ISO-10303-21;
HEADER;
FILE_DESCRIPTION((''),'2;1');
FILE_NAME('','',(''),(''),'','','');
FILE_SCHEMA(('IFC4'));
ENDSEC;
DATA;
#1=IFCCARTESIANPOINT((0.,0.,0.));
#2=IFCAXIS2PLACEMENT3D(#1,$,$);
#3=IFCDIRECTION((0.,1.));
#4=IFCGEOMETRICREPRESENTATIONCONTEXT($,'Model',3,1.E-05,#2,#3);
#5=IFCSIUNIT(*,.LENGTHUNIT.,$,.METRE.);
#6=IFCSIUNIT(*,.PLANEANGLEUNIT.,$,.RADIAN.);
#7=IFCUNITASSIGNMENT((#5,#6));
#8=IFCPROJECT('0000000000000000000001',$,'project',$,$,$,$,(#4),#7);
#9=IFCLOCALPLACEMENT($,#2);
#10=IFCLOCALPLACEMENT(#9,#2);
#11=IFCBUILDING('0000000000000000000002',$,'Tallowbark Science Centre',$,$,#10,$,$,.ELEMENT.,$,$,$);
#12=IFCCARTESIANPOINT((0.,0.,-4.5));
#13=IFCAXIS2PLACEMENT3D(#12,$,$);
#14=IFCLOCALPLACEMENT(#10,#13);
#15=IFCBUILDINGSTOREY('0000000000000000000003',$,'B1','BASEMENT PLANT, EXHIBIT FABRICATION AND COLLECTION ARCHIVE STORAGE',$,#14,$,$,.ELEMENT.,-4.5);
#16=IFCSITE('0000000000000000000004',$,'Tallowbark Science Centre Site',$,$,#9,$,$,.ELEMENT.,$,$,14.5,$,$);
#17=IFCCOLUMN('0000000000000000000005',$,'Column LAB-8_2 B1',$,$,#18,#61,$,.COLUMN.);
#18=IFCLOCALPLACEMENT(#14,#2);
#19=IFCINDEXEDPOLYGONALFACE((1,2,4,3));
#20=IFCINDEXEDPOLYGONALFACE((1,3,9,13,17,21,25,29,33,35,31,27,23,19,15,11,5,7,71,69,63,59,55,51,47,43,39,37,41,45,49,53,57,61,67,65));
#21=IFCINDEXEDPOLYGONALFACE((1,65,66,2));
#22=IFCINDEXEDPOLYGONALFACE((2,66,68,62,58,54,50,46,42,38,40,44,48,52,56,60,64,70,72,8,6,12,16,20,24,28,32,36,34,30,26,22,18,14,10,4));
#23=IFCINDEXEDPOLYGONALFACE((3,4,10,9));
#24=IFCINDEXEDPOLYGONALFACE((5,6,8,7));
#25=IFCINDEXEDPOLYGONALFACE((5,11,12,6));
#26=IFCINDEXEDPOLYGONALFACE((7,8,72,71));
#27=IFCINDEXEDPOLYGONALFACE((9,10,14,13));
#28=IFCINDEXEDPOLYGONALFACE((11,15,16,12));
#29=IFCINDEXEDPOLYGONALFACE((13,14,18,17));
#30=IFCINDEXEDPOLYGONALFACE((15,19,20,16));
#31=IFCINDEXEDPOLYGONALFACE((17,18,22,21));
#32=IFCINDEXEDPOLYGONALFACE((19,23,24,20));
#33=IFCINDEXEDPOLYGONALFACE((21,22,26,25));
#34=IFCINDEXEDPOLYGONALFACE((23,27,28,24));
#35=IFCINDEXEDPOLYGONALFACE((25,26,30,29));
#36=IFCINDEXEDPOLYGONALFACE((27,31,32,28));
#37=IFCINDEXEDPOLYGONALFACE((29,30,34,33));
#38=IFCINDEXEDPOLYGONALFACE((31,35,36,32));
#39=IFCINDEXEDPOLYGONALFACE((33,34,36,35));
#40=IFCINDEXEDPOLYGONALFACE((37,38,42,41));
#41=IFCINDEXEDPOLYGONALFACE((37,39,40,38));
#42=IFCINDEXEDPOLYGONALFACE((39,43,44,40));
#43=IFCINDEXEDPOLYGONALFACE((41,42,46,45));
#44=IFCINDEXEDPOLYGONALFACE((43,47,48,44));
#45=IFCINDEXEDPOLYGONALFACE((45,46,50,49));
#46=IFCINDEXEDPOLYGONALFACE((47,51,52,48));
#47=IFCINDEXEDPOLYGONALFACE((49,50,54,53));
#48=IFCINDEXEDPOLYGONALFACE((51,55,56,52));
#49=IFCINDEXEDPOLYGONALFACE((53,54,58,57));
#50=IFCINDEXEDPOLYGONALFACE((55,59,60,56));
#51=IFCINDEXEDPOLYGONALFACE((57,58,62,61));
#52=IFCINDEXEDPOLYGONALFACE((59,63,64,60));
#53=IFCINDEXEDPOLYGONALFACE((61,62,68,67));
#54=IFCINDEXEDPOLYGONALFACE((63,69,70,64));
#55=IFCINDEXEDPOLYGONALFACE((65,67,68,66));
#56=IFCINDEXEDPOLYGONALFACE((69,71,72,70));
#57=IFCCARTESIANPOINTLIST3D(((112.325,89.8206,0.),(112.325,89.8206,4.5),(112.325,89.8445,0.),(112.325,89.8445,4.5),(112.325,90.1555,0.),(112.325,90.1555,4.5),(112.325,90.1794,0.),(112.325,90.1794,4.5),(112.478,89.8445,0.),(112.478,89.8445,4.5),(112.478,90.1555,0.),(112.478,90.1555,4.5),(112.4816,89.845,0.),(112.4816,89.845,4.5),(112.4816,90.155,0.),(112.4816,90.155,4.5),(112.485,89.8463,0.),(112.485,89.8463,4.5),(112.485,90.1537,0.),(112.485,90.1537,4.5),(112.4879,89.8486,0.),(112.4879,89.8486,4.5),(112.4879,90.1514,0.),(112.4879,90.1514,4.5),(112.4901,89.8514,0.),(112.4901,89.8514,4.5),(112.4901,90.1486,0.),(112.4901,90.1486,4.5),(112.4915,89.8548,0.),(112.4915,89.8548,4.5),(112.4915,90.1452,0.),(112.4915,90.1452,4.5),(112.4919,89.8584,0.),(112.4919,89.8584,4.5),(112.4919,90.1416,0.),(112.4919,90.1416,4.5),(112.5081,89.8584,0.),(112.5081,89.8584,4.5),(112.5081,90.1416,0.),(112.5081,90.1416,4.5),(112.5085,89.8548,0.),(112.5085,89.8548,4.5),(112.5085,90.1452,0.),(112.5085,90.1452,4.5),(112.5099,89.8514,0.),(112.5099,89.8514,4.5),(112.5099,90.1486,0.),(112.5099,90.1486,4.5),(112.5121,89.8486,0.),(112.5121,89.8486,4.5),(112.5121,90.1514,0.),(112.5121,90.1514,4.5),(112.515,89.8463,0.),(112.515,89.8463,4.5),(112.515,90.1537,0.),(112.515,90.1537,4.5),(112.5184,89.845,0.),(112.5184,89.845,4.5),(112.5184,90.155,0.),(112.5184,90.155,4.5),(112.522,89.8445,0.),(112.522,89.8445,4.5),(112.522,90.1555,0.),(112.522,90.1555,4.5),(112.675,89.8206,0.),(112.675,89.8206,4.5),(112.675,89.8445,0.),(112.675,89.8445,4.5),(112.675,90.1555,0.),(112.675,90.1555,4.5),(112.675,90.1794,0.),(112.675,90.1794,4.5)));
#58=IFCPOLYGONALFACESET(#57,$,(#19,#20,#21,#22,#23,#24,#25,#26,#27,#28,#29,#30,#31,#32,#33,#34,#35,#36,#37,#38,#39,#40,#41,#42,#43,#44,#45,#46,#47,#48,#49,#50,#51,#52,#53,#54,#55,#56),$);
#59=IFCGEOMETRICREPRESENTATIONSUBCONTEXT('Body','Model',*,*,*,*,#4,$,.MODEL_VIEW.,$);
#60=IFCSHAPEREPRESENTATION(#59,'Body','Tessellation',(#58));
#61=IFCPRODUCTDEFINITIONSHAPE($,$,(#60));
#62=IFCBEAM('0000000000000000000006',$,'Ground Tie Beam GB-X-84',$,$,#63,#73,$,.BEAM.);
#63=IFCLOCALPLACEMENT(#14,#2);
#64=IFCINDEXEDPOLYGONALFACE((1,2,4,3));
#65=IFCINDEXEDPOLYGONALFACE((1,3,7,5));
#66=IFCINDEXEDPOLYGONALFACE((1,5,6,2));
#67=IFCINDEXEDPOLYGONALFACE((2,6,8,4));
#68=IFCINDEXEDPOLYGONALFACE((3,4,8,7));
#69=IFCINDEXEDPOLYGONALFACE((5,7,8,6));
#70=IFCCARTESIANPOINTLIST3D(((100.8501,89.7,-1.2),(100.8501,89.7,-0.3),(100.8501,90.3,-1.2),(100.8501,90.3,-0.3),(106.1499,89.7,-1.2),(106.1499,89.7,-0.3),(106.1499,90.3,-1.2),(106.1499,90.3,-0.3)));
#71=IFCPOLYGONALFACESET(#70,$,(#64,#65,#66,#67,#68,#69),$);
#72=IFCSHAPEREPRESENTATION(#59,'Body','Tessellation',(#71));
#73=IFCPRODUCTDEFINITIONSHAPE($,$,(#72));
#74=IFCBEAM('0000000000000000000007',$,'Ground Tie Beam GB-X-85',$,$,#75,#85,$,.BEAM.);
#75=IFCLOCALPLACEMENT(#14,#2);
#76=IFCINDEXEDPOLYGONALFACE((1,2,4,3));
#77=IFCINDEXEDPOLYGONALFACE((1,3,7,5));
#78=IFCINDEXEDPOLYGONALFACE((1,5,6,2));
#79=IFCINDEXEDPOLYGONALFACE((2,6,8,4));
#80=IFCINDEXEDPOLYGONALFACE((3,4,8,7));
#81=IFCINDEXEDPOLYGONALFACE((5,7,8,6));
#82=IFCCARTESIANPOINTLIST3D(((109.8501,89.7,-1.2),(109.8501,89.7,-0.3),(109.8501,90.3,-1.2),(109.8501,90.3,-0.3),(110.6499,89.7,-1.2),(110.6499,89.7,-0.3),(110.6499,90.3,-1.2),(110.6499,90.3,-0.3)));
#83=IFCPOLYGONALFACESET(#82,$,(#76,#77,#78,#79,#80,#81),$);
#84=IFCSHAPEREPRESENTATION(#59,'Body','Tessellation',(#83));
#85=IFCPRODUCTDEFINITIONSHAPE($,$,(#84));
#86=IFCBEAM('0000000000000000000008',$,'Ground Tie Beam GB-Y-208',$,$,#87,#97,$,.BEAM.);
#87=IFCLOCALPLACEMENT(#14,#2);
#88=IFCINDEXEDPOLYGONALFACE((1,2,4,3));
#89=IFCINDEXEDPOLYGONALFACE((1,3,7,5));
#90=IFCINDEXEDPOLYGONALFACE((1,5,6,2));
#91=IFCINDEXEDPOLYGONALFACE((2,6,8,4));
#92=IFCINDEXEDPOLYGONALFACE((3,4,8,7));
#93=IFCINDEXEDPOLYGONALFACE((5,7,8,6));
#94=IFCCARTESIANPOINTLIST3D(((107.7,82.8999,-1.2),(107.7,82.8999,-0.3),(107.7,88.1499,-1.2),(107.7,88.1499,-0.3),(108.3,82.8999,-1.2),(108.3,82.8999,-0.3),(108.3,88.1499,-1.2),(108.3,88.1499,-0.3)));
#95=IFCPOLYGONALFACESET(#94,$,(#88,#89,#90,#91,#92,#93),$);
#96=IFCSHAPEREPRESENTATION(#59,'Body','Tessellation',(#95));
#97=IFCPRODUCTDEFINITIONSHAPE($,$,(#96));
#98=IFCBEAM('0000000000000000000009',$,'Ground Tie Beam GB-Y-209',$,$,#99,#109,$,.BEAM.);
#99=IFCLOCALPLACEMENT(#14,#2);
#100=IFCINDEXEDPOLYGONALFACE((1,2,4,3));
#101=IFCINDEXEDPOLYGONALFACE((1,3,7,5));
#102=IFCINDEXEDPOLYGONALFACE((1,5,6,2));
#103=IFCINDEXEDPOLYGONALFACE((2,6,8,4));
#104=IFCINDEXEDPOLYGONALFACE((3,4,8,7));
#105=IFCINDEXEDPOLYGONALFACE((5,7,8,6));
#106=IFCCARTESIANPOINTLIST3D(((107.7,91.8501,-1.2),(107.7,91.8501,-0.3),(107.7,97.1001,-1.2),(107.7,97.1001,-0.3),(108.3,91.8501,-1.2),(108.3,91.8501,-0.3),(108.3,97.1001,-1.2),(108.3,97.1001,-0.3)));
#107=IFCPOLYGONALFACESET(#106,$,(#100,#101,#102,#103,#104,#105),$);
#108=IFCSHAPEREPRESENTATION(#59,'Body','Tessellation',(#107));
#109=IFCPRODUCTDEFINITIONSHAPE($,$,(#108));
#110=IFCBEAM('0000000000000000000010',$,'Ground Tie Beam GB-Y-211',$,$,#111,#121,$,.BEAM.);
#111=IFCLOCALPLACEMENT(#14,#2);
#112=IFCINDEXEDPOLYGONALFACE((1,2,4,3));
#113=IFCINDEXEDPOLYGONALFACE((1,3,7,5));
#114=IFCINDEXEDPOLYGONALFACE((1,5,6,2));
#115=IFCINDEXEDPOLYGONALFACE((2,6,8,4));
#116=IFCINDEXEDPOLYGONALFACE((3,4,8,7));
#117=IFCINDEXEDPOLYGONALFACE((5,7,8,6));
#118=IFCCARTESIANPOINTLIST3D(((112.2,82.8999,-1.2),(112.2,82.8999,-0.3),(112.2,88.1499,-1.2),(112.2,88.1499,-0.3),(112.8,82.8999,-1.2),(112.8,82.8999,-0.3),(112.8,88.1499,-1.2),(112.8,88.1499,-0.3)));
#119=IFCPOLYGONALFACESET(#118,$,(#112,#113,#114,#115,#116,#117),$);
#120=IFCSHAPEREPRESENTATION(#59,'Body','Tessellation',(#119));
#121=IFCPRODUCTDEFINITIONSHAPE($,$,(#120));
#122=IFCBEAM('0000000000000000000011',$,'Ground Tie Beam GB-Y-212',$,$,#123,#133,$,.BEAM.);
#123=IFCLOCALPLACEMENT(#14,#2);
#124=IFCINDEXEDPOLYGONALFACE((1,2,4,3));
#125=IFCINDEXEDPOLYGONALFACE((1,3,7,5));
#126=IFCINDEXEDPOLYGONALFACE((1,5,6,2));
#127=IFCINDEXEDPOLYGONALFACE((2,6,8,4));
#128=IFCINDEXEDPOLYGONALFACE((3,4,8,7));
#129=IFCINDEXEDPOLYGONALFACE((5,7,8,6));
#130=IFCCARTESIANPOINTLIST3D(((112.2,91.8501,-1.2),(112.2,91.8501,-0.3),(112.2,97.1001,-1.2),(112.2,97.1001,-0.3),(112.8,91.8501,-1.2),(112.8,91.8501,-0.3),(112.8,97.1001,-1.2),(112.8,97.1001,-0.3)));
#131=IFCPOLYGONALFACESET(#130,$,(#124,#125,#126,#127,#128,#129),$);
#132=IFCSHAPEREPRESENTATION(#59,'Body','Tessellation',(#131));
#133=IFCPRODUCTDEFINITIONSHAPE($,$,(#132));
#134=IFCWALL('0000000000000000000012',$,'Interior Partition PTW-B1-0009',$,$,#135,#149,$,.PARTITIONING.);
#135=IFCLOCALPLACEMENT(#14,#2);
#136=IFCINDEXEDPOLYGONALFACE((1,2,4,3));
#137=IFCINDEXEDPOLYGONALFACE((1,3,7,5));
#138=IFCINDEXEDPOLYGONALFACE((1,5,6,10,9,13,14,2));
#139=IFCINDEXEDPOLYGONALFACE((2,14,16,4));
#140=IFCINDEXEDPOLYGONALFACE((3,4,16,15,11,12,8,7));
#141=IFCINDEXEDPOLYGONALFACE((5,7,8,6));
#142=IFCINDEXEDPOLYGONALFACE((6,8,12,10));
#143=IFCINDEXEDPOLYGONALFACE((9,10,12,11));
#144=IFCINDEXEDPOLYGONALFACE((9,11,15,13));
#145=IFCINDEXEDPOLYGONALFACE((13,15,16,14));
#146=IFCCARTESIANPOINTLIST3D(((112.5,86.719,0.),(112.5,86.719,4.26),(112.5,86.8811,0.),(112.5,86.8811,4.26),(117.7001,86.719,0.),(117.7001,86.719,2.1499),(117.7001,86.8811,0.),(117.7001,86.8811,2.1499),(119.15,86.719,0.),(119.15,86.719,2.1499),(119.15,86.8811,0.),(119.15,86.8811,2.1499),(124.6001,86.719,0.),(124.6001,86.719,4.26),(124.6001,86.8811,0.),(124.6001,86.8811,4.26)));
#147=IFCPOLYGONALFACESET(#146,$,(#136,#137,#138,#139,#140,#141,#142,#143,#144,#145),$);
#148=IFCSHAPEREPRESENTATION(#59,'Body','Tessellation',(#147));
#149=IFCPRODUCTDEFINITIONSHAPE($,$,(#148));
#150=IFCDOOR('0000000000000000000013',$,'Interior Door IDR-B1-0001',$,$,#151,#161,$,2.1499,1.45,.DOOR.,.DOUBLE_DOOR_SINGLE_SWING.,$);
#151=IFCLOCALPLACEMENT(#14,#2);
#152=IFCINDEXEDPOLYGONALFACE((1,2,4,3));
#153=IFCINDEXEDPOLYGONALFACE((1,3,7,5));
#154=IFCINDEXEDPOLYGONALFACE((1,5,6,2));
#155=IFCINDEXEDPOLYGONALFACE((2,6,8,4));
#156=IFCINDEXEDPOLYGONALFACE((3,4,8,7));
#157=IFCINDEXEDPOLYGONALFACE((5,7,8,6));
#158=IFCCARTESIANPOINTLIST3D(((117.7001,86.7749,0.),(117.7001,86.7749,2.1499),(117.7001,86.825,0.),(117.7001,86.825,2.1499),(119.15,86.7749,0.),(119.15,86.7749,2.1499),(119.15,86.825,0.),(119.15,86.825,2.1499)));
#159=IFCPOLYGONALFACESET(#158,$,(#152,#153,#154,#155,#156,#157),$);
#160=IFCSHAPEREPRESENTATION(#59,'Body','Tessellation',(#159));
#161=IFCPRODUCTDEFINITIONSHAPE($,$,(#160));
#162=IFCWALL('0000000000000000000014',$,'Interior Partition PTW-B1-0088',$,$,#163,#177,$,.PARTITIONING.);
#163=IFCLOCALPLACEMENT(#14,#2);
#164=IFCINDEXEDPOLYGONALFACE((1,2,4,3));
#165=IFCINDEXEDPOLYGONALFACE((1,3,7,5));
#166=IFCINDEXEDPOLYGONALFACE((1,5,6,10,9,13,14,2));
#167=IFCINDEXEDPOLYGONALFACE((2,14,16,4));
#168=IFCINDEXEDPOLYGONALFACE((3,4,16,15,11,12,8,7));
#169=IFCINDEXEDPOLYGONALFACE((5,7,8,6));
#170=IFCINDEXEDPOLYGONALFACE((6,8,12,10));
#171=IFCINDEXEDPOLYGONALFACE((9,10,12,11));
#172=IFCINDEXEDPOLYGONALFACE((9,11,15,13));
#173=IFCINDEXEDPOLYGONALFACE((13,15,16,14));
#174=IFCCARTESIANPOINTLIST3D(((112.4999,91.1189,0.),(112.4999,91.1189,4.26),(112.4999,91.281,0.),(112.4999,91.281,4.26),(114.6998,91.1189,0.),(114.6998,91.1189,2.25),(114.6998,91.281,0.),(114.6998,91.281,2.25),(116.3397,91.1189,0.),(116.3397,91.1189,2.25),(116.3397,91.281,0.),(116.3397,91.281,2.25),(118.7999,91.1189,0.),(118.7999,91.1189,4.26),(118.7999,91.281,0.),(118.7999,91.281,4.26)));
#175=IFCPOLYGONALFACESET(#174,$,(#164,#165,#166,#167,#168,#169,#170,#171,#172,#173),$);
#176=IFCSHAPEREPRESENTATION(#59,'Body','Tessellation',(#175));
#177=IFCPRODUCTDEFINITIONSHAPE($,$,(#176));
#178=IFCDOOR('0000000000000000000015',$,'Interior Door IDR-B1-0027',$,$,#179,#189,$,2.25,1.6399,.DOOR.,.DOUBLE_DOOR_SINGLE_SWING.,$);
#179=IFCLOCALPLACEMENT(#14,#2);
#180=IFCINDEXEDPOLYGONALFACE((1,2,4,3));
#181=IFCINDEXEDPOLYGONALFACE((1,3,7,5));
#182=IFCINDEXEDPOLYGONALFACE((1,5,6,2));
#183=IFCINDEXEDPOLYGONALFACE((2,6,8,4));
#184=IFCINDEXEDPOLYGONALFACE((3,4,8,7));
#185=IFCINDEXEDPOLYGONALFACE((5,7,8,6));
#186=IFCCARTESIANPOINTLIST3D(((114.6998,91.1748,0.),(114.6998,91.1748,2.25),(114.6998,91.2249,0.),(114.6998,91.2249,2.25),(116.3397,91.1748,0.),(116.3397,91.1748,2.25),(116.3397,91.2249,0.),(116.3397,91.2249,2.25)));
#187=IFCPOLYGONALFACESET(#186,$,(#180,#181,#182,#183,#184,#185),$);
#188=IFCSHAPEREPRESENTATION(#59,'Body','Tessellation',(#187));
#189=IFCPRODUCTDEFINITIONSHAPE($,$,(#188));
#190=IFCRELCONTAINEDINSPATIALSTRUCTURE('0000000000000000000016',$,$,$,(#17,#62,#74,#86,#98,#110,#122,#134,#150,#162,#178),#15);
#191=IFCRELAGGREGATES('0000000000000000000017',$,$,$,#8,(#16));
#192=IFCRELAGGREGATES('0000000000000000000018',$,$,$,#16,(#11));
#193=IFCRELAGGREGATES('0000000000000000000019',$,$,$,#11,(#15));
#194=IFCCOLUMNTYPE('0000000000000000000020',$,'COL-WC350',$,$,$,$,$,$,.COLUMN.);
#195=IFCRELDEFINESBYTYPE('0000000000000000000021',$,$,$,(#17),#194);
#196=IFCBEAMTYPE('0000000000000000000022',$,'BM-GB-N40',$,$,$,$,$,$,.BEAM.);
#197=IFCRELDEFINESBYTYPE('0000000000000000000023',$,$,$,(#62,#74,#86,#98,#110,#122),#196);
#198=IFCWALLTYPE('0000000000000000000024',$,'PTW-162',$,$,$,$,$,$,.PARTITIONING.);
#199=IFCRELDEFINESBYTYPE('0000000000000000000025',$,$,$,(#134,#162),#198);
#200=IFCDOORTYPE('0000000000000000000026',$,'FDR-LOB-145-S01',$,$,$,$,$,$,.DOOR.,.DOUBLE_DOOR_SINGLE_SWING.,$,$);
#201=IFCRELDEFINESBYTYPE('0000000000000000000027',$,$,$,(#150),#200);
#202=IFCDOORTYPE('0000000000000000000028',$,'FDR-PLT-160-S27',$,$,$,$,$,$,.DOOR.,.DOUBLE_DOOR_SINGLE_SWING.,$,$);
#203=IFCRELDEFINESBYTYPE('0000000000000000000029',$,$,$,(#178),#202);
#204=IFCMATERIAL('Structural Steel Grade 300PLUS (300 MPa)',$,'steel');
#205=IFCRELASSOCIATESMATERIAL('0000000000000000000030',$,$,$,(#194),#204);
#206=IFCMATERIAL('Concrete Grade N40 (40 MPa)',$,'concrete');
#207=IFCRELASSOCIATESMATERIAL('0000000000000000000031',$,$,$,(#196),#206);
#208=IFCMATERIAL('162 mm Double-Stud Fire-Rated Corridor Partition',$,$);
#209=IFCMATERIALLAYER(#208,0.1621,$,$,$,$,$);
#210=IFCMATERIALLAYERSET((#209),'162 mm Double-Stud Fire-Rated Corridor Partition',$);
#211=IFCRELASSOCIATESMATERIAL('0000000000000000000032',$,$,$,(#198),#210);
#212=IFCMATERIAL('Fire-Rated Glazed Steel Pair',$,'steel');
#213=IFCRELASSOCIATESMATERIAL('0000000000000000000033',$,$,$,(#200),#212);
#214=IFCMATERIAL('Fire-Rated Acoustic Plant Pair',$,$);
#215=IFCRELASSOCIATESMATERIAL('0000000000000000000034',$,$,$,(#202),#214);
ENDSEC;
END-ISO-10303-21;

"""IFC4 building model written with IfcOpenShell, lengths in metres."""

from ifc_helpers import new_model, si_unit, direction, frame, frame_2d, origin, origin_2d, place, context, subcontext, project, spatial, rectangle, i_section, extrude, material, layer, layer_set, material_profile, profile_set, type_object, element, fill, save


model = new_model("IFC4")

# Units and contexts
model_context = context("Model", 3, precision=1e-05, world=origin(), true_north=direction((0.0, 1.0)))
body_context = subcontext(model_context, "Body", "Model", "MODEL_VIEW")
ifc_project = project(units=[si_unit("LENGTHUNIT", "METRE"), si_unit("PLANEANGLEUNIT", "RADIAN")], contexts=[model_context])

# Site, building, storey
site_placement = place(None, origin())
site = spatial("IfcSite", under=ifc_project, at=site_placement, Name="Tallowbark Science Centre Site", CompositionType="ELEMENT", RefElevation=14.5)
building_placement = place(site_placement, origin())
building = spatial("IfcBuilding", under=site, at=building_placement, Name="Tallowbark Science Centre", CompositionType="ELEMENT")
storey_placement = place(building_placement, frame((0.0, 0.0, -4.5)))
storey = spatial("IfcBuildingStorey", under=building, at=storey_placement, Name="B1", Description="BASEMENT PLANT, EXHIBIT FABRICATION AND COLLECTION ARCHIVE STORAGE", CompositionType="ELEMENT", Elevation=-4.5)

# Shared definitions
ifc_material_1 = material(Name="Concrete Grade N40 (40 MPa)", Category="concrete")

# Column
ifc_material_2 = material(Name="Structural Steel Grade 300PLUS (300 MPa)", Category="steel")
ifc_material_profile_1 = material_profile(ifc_material_2, i_section(OverallWidth=0.3501, OverallDepth=0.3589, WebThickness=0.0161, FlangeThickness=0.0239, FilletRadius=0.0139, at=origin_2d()), Name="350WC197")
ifc_profile_set_1 = profile_set([ifc_material_profile_1], Name="Structural Steel Grade 300PLUS (300 MPa)")
column_type = type_object("IfcColumnType", Name="COL-WC350", PredefinedType="COLUMN", material=ifc_profile_set_1)
for number, where, z_axis, x_axis, name in (
    (1, (112.5, 90.0, 0.0), (0.0, 0.0, 1.0), (1.0, 0.0, 0.0), "Column LAB-8_2 B1"),
):
    element("IfcColumn", number, at=place(storey_placement, frame(where, z_axis=z_axis, x_axis=x_axis)), inside=storey, type_object=column_type, Name=name, PredefinedType="COLUMN", context=body_context, shape_type="SweptSolid", body=[
        extrude(i_section(OverallWidth=0.3501, OverallDepth=0.3589, WebThickness=0.0161, FlangeThickness=0.0239, FilletRadius=0.0139, at=origin_2d()), origin(), (0.0, 0.0, 1.0), 4.5),
    ])

# Beams
ifc_material_profile_2 = material_profile(ifc_material_1, rectangle(XDim=0.6001, YDim=0.8999, at=origin_2d()), Name="RC600x900")
ifc_profile_set_2 = profile_set([ifc_material_profile_2], Name="Concrete Grade N40 (40 MPa)")
beam_type = type_object("IfcBeamType", Name="BM-GB-N40", PredefinedType="BEAM", material=ifc_profile_set_2)
beam_1_placement = place(storey_placement, frame((100.8501, 90.0, -0.75), z_axis=(1.0, 0.0, 0.0), x_axis=(0.0, 1.0, 0.0)))
element("IfcBeam", 2, at=beam_1_placement, inside=storey, type_object=beam_type, Name="Ground Tie Beam GB-X-84", PredefinedType="BEAM", context=body_context, shape_type="SweptSolid", body=[
    extrude(rectangle(XDim=0.6001, YDim=0.8999, at=origin_2d()), origin(), (0.0, 0.0, 1.0), 5.2998),
])
beam_2_placement = place(storey_placement, frame((109.8501, 90.0, -0.75), z_axis=(1.0, 0.0, 0.0), x_axis=(0.0, 1.0, 0.0)))
element("IfcBeam", 3, at=beam_2_placement, inside=storey, type_object=beam_type, Name="Ground Tie Beam GB-X-85", PredefinedType="BEAM", context=body_context, shape_type="SweptSolid", body=[
    extrude(rectangle(XDim=0.6001, YDim=0.8999, at=origin_2d()), origin(), (0.0, 0.0, 1.0), 0.7998),
])
for number, where, z_axis, x_axis, name in (
    (4, (108.0, 82.8999, -0.75), (0.0, 1.0, 0.0), (-1.0, 0.0, 0.0), "Ground Tie Beam GB-Y-208"),
    (5, (108.0, 91.8501, -0.75), (0.0, 1.0, 0.0), (-1.0, 0.0, 0.0), "Ground Tie Beam GB-Y-209"),
    (6, (112.5, 82.8999, -0.75), (0.0, 1.0, 0.0), (-1.0, 0.0, 0.0), "Ground Tie Beam GB-Y-211"),
    (7, (112.5, 91.8501, -0.75), (0.0, 1.0, 0.0), (-1.0, 0.0, 0.0), "Ground Tie Beam GB-Y-212"),
):
    element("IfcBeam", number, at=place(storey_placement, frame(where, z_axis=z_axis, x_axis=x_axis)), inside=storey, type_object=beam_type, Name=name, PredefinedType="BEAM", context=body_context, shape_type="SweptSolid", body=[
        extrude(rectangle(XDim=0.6001, YDim=0.8999, at=origin_2d()), origin(), (0.0, 0.0, 1.0), 5.25),
    ])

# Walls, openings, doors
ifc_material_3 = material(Name="162 mm Double-Stud Fire-Rated Corridor Partition")
ifc_layer = layer(ifc_material_3, 0.1621)
ifc_layer_set = layer_set([ifc_layer], Name="162 mm Double-Stud Fire-Rated Corridor Partition")
wall_type = type_object("IfcWallType", Name="PTW-162", PredefinedType="PARTITIONING", material=ifc_layer_set)
wall_1_placement = place(storey_placement, frame((112.5, 86.8, 0.0), z_axis=(0.0, 0.0, 1.0), x_axis=(1.0, 0.0, 0.0)))
wall_1 = element("IfcWall", 8, at=wall_1_placement, inside=storey, type_object=wall_type, Name="Interior Partition PTW-B1-0009", PredefinedType="PARTITIONING", context=body_context, shape_type="SweptSolid", body=[
    extrude(rectangle(XDim=12.1001, YDim=0.1621, at=frame_2d((6.05, 0.0))), origin(), (0.0, 0.0, 1.0), 4.26),
])
opening_1_placement = place(wall_1_placement, frame((5.2, 0.0, 0.0)))
opening_1 = element("IfcOpeningElement", 9, at=opening_1_placement, cuts=wall_1, PredefinedType="OPENING", context=body_context, shape_type="SweptSolid", body=[
    extrude(rectangle(XDim=1.45, YDim=2.1499, at=frame_2d((0.7251, 1.075))), frame((0.0, 0.0911, 0.0), z_axis=(0.0, -1.0, 0.0), x_axis=(1.0, 0.0, 0.0)), (0.0, 0.0, 1.0), 0.1821),
])
ifc_material_4 = material(Name="Fire-Rated Glazed Steel Pair", Category="steel")
door_type_1 = type_object("IfcDoorType", Name="FDR-LOB-145-S01", OperationType="DOUBLE_DOOR_SINGLE_SWING", PredefinedType="DOOR", material=ifc_material_4)
door_1_placement = place(opening_1_placement, origin())
door_1 = element("IfcDoor", 10, at=door_1_placement, inside=storey, type_object=door_type_1, Name="Interior Door IDR-B1-0001", OperationType="DOUBLE_DOOR_SINGLE_SWING", OverallHeight=2.1499, OverallWidth=1.45, PredefinedType="DOOR", context=body_context, shape_type="SweptSolid", body=[
    extrude(rectangle(XDim=1.45, YDim=2.1499, at=frame_2d((0.7251, 1.075))), frame((0.0, 0.0249, 0.0), z_axis=(0.0, -1.0, 0.0), x_axis=(1.0, 0.0, 0.0)), (0.0, 0.0, 1.0), 0.05),
])
fill(opening_1, door_1)
wall_2_placement = place(storey_placement, frame((112.5, 91.2, 0.0), z_axis=(0.0, 0.0, 1.0), x_axis=(1.0, 0.0, 0.0)))
wall_2 = element("IfcWall", 11, at=wall_2_placement, inside=storey, type_object=wall_type, Name="Interior Partition PTW-B1-0088", PredefinedType="PARTITIONING", context=body_context, shape_type="SweptSolid", body=[
    extrude(rectangle(XDim=6.3, YDim=0.1621, at=frame_2d((3.1499, 0.0))), origin(), (0.0, 0.0, 1.0), 4.26),
])
opening_2_placement = place(wall_2_placement, frame((2.2, 0.0, 0.0)))
opening_2 = element("IfcOpeningElement", 12, at=opening_2_placement, cuts=wall_2, PredefinedType="OPENING", context=body_context, shape_type="SweptSolid", body=[
    extrude(rectangle(XDim=1.6399, YDim=2.25, at=frame_2d((0.8198, 1.125))), frame((0.0, 0.0911, 0.0), z_axis=(0.0, -1.0, 0.0), x_axis=(1.0, 0.0, 0.0)), (0.0, 0.0, 1.0), 0.1821),
])
ifc_material_5 = material(Name="Fire-Rated Acoustic Plant Pair")
door_type_2 = type_object("IfcDoorType", Name="FDR-PLT-160-S27", OperationType="DOUBLE_DOOR_SINGLE_SWING", PredefinedType="DOOR", material=ifc_material_5)
door_2_placement = place(opening_2_placement, origin())
door_2 = element("IfcDoor", 13, at=door_2_placement, inside=storey, type_object=door_type_2, Name="Interior Door IDR-B1-0027", OperationType="DOUBLE_DOOR_SINGLE_SWING", OverallHeight=2.25, OverallWidth=1.6399, PredefinedType="DOOR", context=body_context, shape_type="SweptSolid", body=[
    extrude(rectangle(XDim=1.6399, YDim=2.25, at=frame_2d((0.8198, 1.125))), frame((0.0, 0.0249, 0.0), z_axis=(0.0, -1.0, 0.0), x_axis=(1.0, 0.0, 0.0)), (0.0, 0.0, 1.0), 0.05),
])
fill(opening_2, door_2)

save(model, "model.ifc")
